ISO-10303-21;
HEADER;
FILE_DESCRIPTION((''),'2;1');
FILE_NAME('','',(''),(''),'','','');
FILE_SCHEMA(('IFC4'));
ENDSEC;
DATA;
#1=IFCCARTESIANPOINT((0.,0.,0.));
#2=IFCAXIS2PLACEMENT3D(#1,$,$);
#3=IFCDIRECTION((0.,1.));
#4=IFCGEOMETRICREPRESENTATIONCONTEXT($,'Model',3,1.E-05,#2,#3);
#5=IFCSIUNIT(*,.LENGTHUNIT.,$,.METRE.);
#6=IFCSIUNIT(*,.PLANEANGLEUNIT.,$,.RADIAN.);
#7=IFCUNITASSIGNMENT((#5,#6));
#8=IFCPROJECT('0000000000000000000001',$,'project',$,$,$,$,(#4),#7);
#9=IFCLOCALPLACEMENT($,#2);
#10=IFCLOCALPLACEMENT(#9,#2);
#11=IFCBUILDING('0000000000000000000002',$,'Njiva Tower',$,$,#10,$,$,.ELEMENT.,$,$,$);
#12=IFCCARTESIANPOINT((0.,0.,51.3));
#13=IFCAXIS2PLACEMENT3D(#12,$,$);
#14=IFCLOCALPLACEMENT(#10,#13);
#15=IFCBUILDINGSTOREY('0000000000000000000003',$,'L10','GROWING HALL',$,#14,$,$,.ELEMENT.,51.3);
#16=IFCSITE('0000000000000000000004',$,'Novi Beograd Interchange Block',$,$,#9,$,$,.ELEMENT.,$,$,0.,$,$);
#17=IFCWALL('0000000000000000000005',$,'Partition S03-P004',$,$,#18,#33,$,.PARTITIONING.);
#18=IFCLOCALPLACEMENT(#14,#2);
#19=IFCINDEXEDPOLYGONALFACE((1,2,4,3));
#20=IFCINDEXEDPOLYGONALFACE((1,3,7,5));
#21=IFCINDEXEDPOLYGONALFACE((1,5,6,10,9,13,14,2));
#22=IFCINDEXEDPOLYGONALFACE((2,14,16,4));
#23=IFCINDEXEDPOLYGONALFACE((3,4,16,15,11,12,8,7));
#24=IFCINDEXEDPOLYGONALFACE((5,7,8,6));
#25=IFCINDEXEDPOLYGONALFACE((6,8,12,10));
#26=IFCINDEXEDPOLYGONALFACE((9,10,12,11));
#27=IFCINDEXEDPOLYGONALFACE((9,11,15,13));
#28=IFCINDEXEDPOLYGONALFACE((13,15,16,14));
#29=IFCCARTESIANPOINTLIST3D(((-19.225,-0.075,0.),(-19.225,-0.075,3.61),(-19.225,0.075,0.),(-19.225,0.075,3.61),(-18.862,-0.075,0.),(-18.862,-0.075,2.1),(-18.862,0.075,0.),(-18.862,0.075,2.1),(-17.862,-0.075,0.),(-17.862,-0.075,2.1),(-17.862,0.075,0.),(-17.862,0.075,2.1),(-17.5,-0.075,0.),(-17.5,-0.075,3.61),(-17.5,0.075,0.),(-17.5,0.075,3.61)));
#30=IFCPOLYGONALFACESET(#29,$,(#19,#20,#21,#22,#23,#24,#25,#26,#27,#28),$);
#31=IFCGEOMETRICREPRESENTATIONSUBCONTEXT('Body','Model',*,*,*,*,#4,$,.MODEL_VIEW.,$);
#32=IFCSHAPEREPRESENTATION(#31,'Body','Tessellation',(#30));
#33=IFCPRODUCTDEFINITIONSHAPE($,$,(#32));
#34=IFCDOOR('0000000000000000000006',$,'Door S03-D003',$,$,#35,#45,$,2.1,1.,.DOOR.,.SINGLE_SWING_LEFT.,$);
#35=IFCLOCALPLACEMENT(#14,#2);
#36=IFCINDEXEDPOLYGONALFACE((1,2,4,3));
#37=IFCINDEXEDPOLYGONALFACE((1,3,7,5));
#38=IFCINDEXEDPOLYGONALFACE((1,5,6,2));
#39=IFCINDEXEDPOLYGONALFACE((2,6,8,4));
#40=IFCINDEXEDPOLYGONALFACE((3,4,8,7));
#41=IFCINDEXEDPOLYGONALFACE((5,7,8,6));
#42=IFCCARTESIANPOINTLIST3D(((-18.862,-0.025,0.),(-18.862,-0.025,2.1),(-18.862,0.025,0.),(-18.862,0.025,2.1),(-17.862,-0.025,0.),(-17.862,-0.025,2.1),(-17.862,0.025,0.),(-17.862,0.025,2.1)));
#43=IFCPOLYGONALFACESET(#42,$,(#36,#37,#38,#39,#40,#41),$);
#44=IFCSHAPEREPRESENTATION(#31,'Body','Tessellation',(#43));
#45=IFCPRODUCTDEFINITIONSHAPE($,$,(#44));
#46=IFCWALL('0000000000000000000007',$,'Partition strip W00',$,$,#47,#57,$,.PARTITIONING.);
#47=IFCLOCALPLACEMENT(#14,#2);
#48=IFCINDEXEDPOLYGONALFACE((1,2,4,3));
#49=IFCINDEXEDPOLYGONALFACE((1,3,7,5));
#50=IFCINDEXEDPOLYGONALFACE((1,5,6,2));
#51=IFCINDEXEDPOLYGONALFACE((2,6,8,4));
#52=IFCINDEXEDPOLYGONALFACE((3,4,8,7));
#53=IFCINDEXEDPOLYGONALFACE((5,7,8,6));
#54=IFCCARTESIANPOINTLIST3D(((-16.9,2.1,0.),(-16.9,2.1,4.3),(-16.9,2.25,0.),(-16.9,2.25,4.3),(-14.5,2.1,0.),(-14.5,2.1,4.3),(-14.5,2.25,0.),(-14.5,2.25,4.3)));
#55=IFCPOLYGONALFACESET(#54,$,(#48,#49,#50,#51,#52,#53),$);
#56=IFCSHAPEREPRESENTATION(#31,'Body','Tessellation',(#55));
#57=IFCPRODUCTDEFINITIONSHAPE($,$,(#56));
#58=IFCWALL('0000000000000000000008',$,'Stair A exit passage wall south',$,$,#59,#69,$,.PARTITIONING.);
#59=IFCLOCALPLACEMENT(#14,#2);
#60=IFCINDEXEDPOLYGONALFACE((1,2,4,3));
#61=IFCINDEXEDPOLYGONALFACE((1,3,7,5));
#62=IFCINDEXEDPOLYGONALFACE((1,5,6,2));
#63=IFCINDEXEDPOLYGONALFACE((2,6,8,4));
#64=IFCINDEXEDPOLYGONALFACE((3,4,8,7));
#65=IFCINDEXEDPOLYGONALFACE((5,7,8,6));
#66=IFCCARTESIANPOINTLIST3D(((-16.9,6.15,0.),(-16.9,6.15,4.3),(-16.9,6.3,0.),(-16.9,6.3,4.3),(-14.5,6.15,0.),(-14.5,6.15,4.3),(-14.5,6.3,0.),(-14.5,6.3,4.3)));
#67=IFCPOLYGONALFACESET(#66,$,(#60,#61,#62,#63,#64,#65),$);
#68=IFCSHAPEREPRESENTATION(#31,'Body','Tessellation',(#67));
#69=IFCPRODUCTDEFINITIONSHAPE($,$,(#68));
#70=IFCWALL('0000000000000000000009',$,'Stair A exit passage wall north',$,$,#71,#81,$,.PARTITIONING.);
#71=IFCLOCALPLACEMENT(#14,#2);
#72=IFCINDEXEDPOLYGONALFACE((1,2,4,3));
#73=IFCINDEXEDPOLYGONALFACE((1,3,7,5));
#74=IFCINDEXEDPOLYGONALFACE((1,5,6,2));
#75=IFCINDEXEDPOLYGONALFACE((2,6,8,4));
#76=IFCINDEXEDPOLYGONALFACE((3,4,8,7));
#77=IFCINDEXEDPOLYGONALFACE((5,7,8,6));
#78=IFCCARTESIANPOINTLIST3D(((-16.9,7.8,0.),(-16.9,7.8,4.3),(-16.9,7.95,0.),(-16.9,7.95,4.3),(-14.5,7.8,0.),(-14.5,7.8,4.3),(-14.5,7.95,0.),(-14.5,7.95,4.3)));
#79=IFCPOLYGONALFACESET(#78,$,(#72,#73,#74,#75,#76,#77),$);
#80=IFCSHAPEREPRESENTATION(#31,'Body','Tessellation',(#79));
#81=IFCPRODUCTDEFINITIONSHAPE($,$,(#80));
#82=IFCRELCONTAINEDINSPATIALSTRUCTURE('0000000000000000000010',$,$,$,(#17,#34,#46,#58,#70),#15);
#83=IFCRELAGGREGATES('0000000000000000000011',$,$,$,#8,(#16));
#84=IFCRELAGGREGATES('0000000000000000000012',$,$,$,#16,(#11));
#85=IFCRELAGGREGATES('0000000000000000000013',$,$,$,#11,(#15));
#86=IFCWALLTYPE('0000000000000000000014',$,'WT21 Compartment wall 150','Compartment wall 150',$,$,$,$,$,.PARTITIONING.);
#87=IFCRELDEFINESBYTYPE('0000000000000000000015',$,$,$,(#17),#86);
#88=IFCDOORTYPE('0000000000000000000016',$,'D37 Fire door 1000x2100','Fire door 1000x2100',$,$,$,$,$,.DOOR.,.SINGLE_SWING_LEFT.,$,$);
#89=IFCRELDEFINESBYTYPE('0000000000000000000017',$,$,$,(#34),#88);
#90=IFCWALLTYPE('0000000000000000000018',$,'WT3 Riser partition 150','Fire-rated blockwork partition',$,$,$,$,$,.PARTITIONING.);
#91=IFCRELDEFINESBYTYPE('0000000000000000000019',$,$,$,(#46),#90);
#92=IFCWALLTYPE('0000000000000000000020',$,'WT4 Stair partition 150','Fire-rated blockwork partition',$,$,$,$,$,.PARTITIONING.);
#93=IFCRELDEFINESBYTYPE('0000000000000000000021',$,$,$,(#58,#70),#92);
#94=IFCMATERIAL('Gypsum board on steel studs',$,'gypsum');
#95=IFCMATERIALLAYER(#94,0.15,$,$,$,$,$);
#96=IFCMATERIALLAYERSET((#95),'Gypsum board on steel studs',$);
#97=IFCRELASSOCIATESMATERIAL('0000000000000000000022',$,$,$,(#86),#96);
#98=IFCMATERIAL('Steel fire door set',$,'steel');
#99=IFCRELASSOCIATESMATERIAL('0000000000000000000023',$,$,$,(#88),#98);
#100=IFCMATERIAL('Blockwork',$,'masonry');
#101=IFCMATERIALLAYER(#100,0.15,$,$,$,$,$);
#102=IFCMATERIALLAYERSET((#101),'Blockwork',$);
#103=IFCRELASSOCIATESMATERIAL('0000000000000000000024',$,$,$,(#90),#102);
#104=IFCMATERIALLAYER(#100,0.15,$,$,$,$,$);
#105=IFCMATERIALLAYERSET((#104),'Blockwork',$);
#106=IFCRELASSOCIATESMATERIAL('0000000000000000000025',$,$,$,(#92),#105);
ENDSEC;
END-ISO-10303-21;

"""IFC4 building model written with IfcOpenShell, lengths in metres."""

from ifc_helpers import new_model, si_unit, direction, frame, frame_2d, origin, place, context, subcontext, project, spatial, rectangle, extrude, material, layer, layer_set, type_object, element, fill, save


model = new_model("IFC4")

# Units and contexts
model_context = context("Model", 3, precision=1e-05, world=origin(), true_north=direction((0.0, 1.0)))
body_context = subcontext(model_context, "Body", "Model", "MODEL_VIEW")
ifc_project = project(units=[si_unit("LENGTHUNIT", "METRE"), si_unit("PLANEANGLEUNIT", "RADIAN")], contexts=[model_context])

# Site, building, storey
site_placement = place(None, origin())
site = spatial("IfcSite", under=ifc_project, at=site_placement, Name="Novi Beograd Interchange Block", CompositionType="ELEMENT", RefElevation=0.0)
building_placement = place(site_placement, origin())
building = spatial("IfcBuilding", under=site, at=building_placement, Name="Njiva Tower", CompositionType="ELEMENT")
storey_placement = place(building_placement, frame((0.0, 0.0, 51.3)))
storey = spatial("IfcBuildingStorey", under=building, at=storey_placement, Name="L10", Description="GROWING HALL", CompositionType="ELEMENT", Elevation=51.3)

# Shared definitions
ifc_material_1 = material(Name="Blockwork", Category="masonry")

# Wall, opening, door
ifc_material_2 = material(Name="Gypsum board on steel studs", Category="gypsum")
ifc_layer_1 = layer(ifc_material_2, 0.15)
ifc_layer_set_1 = layer_set([ifc_layer_1], Name="Gypsum board on steel studs")
wall_type_1 = type_object("IfcWallType", Name="WT21 Compartment wall 150", Description="Compartment wall 150", PredefinedType="PARTITIONING", material=ifc_layer_set_1)
wall_1_placement = place(storey_placement, frame((-19.225, 0.0, 0.0), z_axis=(0.0, 0.0, 1.0), x_axis=(1.0, 0.0, 0.0)))
wall_1 = element("IfcWall", 1, at=wall_1_placement, inside=storey, type_object=wall_type_1, Name="Partition S03-P004", PredefinedType="PARTITIONING", context=body_context, shape_type="SweptSolid", body=[
    extrude(rectangle(XDim=1.725, YDim=0.15, at=frame_2d((0.8625, 0.0))), origin(), (0.0, 0.0, 1.0), 3.61),
])
opening_1_placement = place(wall_1_placement, frame((0.363, 0.0, 0.0)))
opening_1 = element("IfcOpeningElement", 2, at=opening_1_placement, cuts=wall_1, PredefinedType="OPENING", context=body_context, shape_type="SweptSolid", body=[
    extrude(rectangle(XDim=1.0, YDim=2.1, at=frame_2d((0.5, 1.05))), frame((0.0, 0.085, 0.0), z_axis=(0.0, -1.0, 0.0), x_axis=(1.0, 0.0, 0.0)), (0.0, 0.0, 1.0), 0.17),
])
ifc_material_3 = material(Name="Steel fire door set", Category="steel")
door_type_1 = type_object("IfcDoorType", Name="D37 Fire door 1000x2100", Description="Fire door 1000x2100", OperationType="SINGLE_SWING_LEFT", PredefinedType="DOOR", material=ifc_material_3)
door_1_placement = place(opening_1_placement, origin())
door_1 = element("IfcDoor", 3, at=door_1_placement, inside=storey, type_object=door_type_1, Name="Door S03-D003", OperationType="SINGLE_SWING_LEFT", OverallHeight=2.1, OverallWidth=1.0, PredefinedType="DOOR", context=body_context, shape_type="SweptSolid", body=[
    extrude(rectangle(XDim=1.0, YDim=2.1, at=frame_2d((0.5, 1.05))), frame((0.0, 0.025, 0.0), z_axis=(0.0, -1.0, 0.0), x_axis=(1.0, 0.0, 0.0)), (0.0, 0.0, 1.0), 0.05),
])
fill(opening_1, door_1)

# Walls
ifc_layer_2 = layer(ifc_material_1, 0.15)
ifc_layer_set_2 = layer_set([ifc_layer_2], Name="Blockwork")
wall_type_2 = type_object("IfcWallType", Name="WT3 Riser partition 150", Description="Fire-rated blockwork partition", PredefinedType="PARTITIONING", material=ifc_layer_set_2)
wall_2_placement = place(storey_placement, frame((-16.9, 2.175, 0.0), z_axis=(0.0, 0.0, 1.0), x_axis=(1.0, 0.0, 0.0)))
element("IfcWall", 4, at=wall_2_placement, inside=storey, type_object=wall_type_2, Name="Partition strip W00", PredefinedType="PARTITIONING", context=body_context, shape_type="SweptSolid", body=[
    extrude(rectangle(XDim=2.4, YDim=0.15, at=frame_2d((1.2, 0.0))), origin(), (0.0, 0.0, 1.0), 4.3),
])
ifc_layer_3 = layer(ifc_material_1, 0.15)
ifc_layer_set_3 = layer_set([ifc_layer_3], Name="Blockwork")
wall_type_3 = type_object("IfcWallType", Name="WT4 Stair partition 150", Description="Fire-rated blockwork partition", PredefinedType="PARTITIONING", material=ifc_layer_set_3)
for number, where, z_axis, x_axis, name in (
    (5, (-16.9, 6.225, 0.0), (0.0, 0.0, 1.0), (1.0, 0.0, 0.0), "Stair A exit passage wall south"),
    (6, (-16.9, 7.875, 0.0), (0.0, 0.0, 1.0), (1.0, 0.0, 0.0), "Stair A exit passage wall north"),
):
    element("IfcWall", number, at=place(storey_placement, frame(where, z_axis=z_axis, x_axis=x_axis)), inside=storey, type_object=wall_type_3, Name=name, PredefinedType="PARTITIONING", context=body_context, shape_type="SweptSolid", body=[
        extrude(rectangle(XDim=2.4, YDim=0.15, at=frame_2d((1.2, 0.0))), origin(), (0.0, 0.0, 1.0), 4.3),
    ])

save(model, "model.ifc")
